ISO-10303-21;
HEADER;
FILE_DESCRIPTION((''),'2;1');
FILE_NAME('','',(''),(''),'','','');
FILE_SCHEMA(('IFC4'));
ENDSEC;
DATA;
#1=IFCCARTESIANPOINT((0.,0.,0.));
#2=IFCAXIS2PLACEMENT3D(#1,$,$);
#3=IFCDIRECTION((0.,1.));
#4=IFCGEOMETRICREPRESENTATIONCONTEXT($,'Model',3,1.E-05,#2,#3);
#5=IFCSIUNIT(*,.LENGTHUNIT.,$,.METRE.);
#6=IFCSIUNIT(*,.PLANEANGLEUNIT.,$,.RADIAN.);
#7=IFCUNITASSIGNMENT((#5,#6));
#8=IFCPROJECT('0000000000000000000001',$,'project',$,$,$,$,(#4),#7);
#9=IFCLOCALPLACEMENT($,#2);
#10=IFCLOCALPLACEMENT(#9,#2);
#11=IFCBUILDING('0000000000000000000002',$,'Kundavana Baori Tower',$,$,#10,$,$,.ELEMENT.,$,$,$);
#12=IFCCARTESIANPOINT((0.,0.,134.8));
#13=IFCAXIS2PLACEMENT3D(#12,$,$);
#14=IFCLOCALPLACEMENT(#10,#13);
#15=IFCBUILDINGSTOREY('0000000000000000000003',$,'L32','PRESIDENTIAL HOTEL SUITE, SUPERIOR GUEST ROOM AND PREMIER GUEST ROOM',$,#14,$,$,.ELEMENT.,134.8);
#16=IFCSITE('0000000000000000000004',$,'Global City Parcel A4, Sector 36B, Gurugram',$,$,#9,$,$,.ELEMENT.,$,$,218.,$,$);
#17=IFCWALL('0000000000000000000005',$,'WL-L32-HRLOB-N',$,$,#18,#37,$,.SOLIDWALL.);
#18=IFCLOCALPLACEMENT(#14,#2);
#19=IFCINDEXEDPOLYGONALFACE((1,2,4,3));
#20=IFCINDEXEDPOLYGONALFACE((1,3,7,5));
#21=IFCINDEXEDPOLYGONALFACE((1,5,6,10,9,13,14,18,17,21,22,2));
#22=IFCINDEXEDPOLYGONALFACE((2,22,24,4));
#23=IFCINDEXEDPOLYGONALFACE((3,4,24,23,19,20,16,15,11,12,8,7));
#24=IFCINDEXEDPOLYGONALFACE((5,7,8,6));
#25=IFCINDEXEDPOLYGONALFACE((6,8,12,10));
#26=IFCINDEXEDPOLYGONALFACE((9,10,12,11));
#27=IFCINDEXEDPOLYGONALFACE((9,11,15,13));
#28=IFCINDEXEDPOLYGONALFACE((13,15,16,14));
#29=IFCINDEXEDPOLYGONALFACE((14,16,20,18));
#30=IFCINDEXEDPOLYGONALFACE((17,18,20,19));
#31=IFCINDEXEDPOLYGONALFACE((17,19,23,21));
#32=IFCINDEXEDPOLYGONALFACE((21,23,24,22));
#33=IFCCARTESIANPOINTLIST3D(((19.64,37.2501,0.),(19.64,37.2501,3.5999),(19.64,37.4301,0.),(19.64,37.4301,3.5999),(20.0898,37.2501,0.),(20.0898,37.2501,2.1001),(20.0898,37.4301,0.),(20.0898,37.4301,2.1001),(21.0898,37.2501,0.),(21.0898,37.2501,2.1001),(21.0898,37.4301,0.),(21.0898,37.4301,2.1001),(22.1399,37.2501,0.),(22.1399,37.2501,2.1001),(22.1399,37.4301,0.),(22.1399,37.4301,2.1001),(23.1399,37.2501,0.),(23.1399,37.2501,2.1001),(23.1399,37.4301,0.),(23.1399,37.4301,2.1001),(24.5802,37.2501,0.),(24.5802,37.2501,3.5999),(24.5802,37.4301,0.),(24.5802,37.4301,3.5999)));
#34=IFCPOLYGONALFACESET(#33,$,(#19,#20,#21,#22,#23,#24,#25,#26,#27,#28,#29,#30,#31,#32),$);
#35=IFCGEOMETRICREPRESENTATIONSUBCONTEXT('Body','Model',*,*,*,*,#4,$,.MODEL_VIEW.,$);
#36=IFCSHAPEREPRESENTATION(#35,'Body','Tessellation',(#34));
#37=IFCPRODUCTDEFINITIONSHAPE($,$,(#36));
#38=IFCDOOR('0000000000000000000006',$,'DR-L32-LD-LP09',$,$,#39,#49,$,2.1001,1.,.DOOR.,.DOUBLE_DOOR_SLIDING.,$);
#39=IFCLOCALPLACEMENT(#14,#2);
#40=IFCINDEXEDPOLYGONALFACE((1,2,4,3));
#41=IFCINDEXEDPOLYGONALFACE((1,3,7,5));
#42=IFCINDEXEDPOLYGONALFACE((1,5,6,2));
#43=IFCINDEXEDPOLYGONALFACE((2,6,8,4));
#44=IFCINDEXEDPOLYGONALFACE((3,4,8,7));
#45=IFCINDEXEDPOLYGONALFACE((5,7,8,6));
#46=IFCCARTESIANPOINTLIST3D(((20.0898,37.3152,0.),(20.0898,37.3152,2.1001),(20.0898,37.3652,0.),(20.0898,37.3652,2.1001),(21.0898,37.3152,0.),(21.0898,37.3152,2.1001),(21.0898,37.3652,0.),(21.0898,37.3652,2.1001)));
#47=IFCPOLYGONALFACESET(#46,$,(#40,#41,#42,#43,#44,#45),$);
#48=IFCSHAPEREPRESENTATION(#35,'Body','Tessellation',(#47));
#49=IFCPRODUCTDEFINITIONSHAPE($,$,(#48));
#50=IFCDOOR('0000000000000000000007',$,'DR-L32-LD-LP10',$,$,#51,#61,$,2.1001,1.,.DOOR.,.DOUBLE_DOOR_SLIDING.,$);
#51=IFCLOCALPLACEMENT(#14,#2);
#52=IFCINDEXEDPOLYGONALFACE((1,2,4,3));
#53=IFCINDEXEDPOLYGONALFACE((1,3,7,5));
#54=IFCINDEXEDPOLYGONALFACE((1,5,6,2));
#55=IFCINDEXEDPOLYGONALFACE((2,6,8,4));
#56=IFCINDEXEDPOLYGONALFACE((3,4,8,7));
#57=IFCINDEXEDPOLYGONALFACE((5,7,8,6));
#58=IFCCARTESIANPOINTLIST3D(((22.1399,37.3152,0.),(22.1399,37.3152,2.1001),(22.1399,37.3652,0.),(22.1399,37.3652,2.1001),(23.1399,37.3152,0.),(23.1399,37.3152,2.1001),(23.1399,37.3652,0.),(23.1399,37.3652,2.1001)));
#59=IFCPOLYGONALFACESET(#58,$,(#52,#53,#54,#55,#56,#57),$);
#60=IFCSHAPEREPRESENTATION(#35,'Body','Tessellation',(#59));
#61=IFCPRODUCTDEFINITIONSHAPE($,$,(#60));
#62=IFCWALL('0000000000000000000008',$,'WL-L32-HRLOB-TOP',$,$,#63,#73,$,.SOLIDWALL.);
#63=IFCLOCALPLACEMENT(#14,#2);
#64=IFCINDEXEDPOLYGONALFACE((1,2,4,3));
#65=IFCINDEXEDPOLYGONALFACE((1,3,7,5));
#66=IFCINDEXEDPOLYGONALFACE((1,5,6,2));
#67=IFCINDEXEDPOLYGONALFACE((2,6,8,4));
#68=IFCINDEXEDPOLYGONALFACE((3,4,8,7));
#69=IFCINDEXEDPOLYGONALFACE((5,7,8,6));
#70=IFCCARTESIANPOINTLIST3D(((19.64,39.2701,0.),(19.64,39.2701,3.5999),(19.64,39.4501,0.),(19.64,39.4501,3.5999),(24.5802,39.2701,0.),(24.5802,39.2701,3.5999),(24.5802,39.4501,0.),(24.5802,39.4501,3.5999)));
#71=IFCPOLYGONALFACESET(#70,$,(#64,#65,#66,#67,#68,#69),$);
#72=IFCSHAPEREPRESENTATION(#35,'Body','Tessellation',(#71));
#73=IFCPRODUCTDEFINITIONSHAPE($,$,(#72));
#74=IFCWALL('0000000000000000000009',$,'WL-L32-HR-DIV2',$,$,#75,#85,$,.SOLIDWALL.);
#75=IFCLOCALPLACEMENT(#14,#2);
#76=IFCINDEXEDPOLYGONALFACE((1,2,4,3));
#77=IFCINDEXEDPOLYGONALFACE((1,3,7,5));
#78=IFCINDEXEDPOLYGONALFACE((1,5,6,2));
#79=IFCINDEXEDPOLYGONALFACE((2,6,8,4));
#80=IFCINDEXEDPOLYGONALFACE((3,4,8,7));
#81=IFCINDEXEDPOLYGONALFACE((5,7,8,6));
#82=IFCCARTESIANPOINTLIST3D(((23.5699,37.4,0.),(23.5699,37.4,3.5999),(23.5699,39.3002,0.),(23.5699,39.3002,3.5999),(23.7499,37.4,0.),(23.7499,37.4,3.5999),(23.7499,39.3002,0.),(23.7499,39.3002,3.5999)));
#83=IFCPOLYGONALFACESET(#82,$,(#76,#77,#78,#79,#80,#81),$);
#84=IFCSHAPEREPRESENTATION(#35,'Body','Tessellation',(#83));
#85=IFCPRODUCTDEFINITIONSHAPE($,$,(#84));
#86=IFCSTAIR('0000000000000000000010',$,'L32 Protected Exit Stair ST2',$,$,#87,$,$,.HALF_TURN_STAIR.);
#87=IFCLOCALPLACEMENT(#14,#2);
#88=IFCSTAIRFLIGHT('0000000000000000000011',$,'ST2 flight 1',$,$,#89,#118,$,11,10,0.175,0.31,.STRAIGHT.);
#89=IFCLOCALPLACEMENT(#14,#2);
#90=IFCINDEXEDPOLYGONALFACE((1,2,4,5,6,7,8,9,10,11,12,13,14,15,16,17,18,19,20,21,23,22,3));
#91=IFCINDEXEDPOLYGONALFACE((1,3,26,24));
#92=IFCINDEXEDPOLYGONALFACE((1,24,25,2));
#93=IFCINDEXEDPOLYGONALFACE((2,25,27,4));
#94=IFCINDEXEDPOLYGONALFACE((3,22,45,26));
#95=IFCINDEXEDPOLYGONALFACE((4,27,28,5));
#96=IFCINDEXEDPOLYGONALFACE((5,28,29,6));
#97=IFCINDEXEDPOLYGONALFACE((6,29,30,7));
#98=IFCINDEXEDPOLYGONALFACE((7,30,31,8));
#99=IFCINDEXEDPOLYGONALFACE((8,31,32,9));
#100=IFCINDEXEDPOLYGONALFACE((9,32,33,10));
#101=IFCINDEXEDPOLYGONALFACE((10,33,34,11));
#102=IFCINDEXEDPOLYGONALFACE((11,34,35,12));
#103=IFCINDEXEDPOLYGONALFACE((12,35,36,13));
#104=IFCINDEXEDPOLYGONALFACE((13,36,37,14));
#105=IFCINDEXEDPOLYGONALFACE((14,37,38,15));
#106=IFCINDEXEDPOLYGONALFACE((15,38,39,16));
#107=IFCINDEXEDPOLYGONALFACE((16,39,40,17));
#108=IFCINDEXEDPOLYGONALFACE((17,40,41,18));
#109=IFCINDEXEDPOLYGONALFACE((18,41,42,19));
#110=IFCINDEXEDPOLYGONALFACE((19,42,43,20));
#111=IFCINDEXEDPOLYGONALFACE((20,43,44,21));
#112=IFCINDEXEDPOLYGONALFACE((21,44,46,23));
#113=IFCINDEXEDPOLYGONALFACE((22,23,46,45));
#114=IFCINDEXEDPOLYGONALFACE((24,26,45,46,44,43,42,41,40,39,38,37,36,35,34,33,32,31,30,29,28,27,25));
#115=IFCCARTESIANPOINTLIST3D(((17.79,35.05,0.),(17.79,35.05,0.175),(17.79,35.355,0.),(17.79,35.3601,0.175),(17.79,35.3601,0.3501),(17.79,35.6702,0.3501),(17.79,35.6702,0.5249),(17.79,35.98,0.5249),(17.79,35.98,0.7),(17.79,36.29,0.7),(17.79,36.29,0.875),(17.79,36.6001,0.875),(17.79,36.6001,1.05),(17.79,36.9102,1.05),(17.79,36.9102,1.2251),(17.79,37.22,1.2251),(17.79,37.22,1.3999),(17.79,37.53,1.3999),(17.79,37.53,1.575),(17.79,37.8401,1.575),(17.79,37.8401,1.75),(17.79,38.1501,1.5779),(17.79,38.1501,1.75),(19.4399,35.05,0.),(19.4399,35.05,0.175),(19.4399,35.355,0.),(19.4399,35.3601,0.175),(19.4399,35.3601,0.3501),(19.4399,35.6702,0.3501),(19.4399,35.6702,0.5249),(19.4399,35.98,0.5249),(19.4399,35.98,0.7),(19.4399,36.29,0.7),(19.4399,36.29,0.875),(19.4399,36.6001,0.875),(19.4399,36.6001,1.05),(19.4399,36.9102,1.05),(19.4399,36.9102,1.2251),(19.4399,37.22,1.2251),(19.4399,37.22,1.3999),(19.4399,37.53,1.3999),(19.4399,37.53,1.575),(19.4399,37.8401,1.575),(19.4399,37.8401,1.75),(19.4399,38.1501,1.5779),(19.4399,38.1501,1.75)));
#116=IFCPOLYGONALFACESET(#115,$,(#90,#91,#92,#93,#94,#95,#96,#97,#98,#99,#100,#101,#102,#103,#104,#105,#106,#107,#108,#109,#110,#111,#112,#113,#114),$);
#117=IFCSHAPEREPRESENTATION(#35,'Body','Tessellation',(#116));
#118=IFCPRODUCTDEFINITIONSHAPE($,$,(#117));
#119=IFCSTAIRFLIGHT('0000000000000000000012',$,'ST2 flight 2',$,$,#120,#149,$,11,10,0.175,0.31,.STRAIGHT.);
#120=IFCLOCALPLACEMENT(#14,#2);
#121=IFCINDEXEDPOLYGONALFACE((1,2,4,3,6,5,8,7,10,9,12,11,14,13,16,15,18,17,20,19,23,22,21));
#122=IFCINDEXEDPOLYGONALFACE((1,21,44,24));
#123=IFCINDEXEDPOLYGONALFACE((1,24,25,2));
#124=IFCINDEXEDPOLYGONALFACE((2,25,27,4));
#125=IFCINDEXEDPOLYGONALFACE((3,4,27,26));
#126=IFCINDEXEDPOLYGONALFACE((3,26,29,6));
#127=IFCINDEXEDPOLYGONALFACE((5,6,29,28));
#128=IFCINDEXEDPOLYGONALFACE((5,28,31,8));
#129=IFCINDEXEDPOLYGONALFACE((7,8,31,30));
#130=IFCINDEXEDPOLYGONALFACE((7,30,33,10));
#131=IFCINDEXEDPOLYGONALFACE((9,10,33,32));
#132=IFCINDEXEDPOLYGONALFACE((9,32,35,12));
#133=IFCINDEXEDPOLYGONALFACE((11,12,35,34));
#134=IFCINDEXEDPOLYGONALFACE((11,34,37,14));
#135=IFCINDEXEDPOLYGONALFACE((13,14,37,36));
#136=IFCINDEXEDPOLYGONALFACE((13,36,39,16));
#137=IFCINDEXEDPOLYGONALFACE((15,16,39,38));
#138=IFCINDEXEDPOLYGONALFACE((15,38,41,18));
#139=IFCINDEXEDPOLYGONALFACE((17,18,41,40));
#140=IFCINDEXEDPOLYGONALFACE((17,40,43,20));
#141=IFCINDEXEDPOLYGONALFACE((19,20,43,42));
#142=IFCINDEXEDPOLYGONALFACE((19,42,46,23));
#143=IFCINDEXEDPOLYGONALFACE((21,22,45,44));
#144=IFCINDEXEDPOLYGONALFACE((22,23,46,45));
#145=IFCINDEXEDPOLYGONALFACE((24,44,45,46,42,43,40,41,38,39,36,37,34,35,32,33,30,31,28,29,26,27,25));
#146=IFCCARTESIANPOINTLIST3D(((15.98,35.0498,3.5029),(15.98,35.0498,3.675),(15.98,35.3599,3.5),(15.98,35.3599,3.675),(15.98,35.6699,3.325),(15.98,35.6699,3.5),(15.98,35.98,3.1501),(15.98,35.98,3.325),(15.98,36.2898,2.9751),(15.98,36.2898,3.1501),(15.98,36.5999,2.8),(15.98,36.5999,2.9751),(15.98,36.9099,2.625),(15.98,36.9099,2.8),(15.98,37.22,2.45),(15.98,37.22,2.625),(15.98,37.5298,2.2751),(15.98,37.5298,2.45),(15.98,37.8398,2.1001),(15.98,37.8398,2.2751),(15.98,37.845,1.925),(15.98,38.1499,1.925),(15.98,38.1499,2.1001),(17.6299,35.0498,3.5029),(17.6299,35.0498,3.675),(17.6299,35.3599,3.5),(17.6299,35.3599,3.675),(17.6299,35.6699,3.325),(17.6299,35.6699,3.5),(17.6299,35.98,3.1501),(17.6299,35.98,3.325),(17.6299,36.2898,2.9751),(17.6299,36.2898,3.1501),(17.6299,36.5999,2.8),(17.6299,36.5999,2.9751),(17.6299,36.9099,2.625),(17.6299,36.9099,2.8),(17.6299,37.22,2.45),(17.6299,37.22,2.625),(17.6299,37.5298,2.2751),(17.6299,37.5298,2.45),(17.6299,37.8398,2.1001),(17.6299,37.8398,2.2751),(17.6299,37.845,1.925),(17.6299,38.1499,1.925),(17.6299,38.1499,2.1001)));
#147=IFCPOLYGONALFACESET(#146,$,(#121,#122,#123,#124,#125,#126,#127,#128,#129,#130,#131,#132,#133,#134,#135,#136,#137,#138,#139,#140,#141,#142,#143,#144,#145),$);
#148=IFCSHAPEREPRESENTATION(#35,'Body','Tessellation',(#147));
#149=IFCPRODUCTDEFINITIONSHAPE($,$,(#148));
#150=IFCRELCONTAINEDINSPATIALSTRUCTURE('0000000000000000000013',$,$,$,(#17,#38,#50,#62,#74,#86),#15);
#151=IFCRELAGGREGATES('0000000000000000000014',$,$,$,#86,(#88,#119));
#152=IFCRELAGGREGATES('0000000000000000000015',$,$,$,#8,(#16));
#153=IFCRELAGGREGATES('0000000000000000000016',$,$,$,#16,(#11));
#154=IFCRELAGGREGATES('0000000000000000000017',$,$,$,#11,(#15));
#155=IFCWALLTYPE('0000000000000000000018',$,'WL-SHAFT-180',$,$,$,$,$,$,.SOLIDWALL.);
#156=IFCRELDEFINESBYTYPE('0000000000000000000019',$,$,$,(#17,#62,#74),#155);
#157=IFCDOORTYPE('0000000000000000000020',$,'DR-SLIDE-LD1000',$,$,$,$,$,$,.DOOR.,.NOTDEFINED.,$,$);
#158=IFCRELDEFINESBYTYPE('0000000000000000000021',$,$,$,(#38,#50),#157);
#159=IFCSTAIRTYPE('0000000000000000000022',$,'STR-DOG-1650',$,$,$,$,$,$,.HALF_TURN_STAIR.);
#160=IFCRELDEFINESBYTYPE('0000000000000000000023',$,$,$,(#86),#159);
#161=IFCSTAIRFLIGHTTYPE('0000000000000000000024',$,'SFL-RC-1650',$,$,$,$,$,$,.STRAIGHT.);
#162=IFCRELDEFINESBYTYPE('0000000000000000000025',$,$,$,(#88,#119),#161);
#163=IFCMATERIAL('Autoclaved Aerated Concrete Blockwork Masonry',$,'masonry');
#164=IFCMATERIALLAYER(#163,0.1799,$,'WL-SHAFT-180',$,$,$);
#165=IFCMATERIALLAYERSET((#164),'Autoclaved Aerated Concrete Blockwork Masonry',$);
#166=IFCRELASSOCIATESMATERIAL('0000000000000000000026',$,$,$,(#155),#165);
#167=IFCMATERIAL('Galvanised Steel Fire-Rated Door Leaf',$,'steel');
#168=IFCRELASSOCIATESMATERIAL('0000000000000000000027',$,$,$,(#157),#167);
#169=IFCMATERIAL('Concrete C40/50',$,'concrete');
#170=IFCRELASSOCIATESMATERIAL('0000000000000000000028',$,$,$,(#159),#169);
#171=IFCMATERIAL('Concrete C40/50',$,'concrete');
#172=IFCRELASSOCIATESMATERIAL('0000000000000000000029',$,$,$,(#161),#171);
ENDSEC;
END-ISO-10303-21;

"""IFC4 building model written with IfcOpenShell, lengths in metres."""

from ifc_helpers import new_model, si_unit, direction, frame, frame_2d, origin, place, context, subcontext, project, spatial, polyline, rectangle, outline, extrude, material, layer, layer_set, type_object, element, fill, aggregate, save


model = new_model("IFC4")

# Units and contexts
model_context = context("Model", 3, precision=1e-05, world=origin(), true_north=direction((0.0, 1.0)))
body_context = subcontext(model_context, "Body", "Model", "MODEL_VIEW")
ifc_project = project(units=[si_unit("LENGTHUNIT", "METRE"), si_unit("PLANEANGLEUNIT", "RADIAN")], contexts=[model_context])

# Site, building, storey
site_placement = place(None, origin())
site = spatial("IfcSite", under=ifc_project, at=site_placement, Name="Global City Parcel A4, Sector 36B, Gurugram", CompositionType="ELEMENT", RefElevation=218.0)
building_placement = place(site_placement, origin())
building = spatial("IfcBuilding", under=site, at=building_placement, Name="Kundavana Baori Tower", CompositionType="ELEMENT")
storey_placement = place(building_placement, frame((0.0, 0.0, 134.8)))
storey = spatial("IfcBuildingStorey", under=building, at=storey_placement, Name="L32", Description="PRESIDENTIAL HOTEL SUITE, SUPERIOR GUEST ROOM AND PREMIER GUEST ROOM", CompositionType="ELEMENT", Elevation=134.8)

# Shared definitions
ifc_material_1 = material(Name="Autoclaved Aerated Concrete Blockwork Masonry", Category="masonry")
ifc_layer_1 = layer(ifc_material_1, 0.1799, Name="WL-SHAFT-180")
ifc_layer_set_1 = layer_set([ifc_layer_1], Name="Autoclaved Aerated Concrete Blockwork Masonry")
wall_type_1 = type_object("IfcWallType", Name="WL-SHAFT-180", PredefinedType="SOLIDWALL", material=ifc_layer_set_1)
ifc_material_2 = material(Name="Galvanised Steel Fire-Rated Door Leaf", Category="steel")
door_type_1 = type_object("IfcDoorType", Name="DR-SLIDE-LD1000", OperationType="NOTDEFINED", PredefinedType="DOOR", material=ifc_material_2)

# Wall, openings, doors
wall_1_placement = place(storey_placement, frame((19.6399, 37.3401, 0.0), z_axis=(0.0, 0.0, 1.0), x_axis=(1.0, 0.0, 0.0)))
wall_1 = element("IfcWall", 1, at=wall_1_placement, inside=storey, type_object=wall_type_1, Name="WL-L32-HRLOB-N", PredefinedType="SOLIDWALL", context=body_context, shape_type="SweptSolid", body=[
    extrude(rectangle(XDim=4.9402, YDim=0.1799, at=frame_2d((2.4702, 0.0))), origin(), (0.0, 0.0, 1.0), 3.5999),
])
opening_1_placement = place(wall_1_placement, frame((0.45, 0.0, 0.0)))
opening_1 = element("IfcOpeningElement", 2, at=opening_1_placement, cuts=wall_1, PredefinedType="OPENING", context=body_context, shape_type="SweptSolid", body=[
    extrude(rectangle(XDim=1.0, YDim=2.1001, at=frame_2d((0.5, 1.05))), frame((0.0, 0.1001, 0.0), z_axis=(0.0, -1.0, 0.0), x_axis=(1.0, 0.0, 0.0)), (0.0, 0.0, 1.0), 0.2),
])
opening_2_placement = place(wall_1_placement, frame((2.5, 0.0, 0.0)))
opening_2 = element("IfcOpeningElement", 3, at=opening_2_placement, cuts=wall_1, PredefinedType="OPENING", context=body_context, shape_type="SweptSolid", body=[
    extrude(rectangle(XDim=1.0, YDim=2.1001, at=frame_2d((0.5, 1.05))), frame((0.0, 0.1001, 0.0), z_axis=(0.0, -1.0, 0.0), x_axis=(1.0, 0.0, 0.0)), (0.0, 0.0, 1.0), 0.2),
])
door_1_placement = place(opening_1_placement, frame((1.0, 0.0, 0.0), z_axis=(0.0, 0.0, 1.0), x_axis=(-1.0, 0.0, 0.0)))
door_1 = element("IfcDoor", 4, at=door_1_placement, inside=storey, type_object=door_type_1, Name="DR-L32-LD-LP09", OperationType="DOUBLE_DOOR_SLIDING", OverallHeight=2.1001, OverallWidth=1.0, PredefinedType="DOOR", context=body_context, shape_type="SweptSolid", body=[
    extrude(rectangle(XDim=1.0, YDim=2.1001, at=frame_2d((0.5, 1.05))), frame((0.0, 0.0249, 0.0), z_axis=(0.0, -1.0, 0.0), x_axis=(1.0, 0.0, 0.0)), (0.0, 0.0, 1.0), 0.05),
])
fill(opening_1, door_1)
door_2_placement = place(opening_2_placement, frame((1.0, 0.0, 0.0), z_axis=(0.0, 0.0, 1.0), x_axis=(-1.0, 0.0, 0.0)))
door_2 = element("IfcDoor", 5, at=door_2_placement, inside=storey, type_object=door_type_1, Name="DR-L32-LD-LP10", OperationType="DOUBLE_DOOR_SLIDING", OverallHeight=2.1001, OverallWidth=1.0, PredefinedType="DOOR", context=body_context, shape_type="SweptSolid", body=[
    extrude(rectangle(XDim=1.0, YDim=2.1001, at=frame_2d((0.5, 1.05))), frame((0.0, 0.0249, 0.0), z_axis=(0.0, -1.0, 0.0), x_axis=(1.0, 0.0, 0.0)), (0.0, 0.0, 1.0), 0.05),
])
fill(opening_2, door_2)

# Walls
wall_2_placement = place(storey_placement, frame((19.6399, 39.3601, 0.0), z_axis=(0.0, 0.0, 1.0), x_axis=(1.0, 0.0, 0.0)))
element("IfcWall", 6, at=wall_2_placement, inside=storey, type_object=wall_type_1, Name="WL-L32-HRLOB-TOP", PredefinedType="SOLIDWALL", context=body_context, shape_type="SweptSolid", body=[
    extrude(rectangle(XDim=4.9402, YDim=0.1799, at=frame_2d((2.4702, 0.0))), origin(), (0.0, 0.0, 1.0), 3.5999),
])
wall_3_placement = place(storey_placement, frame((23.6599, 37.3999, 0.0), z_axis=(0.0, 0.0, 1.0), x_axis=(0.0, 1.0, 0.0)))
element("IfcWall", 7, at=wall_3_placement, inside=storey, type_object=wall_type_1, Name="WL-L32-HR-DIV2", PredefinedType="SOLIDWALL", context=body_context, shape_type="SweptSolid", body=[
    extrude(rectangle(XDim=1.9001, YDim=0.1799, at=frame_2d((0.9502, 0.0))), origin(), (0.0, 0.0, 1.0), 3.5999),
])

# Stair, stair flights
ifc_material_3 = material(Name="Concrete C40/50", Category="concrete")
stair_type = type_object("IfcStairType", Name="STR-DOG-1650", PredefinedType="HALF_TURN_STAIR", material=ifc_material_3)
stair_placement = place(storey_placement, origin())
stair = element("IfcStair", 8, at=stair_placement, inside=storey, type_object=stair_type, Name="L32 Protected Exit Stair ST2", PredefinedType="HALF_TURN_STAIR")
ifc_material_4 = material(Name="Concrete C40/50", Category="concrete")
stair_flight_type = type_object("IfcStairFlightType", Name="SFL-RC-1650", PredefinedType="STRAIGHT", material=ifc_material_4)
stair_flight_1_placement = place(storey_placement, frame((18.615, 35.05, 0.0), z_axis=(0.0, 0.0, 1.0), x_axis=(0.0, 1.0, 0.0)))
stair_flight_1 = element("IfcStairFlight", 9, at=stair_flight_1_placement, type_object=stair_flight_type, Name="ST2 flight 1", NumberOfRisers=11, NumberOfTreads=10, PredefinedType="STRAIGHT", RiserHeight=0.175, TreadLength=0.31, context=body_context, shape_type="SweptSolid", body=[
    extrude(outline(polyline([(0.0, 0.0), (0.0, 0.175), (0.3101, 0.175), (0.3101, 0.3501), (0.6201, 0.3501), (0.6201, 0.5249), (0.9299, 0.5249), (0.9299, 0.7), (1.24, 0.7), (1.24, 0.875), (1.55, 0.875), (1.55, 1.05), (1.8601, 1.05), (1.8601, 1.2251), (2.1699, 1.2251), (2.1699, 1.3999), (2.48, 1.3999), (2.48, 1.575), (2.79, 1.575), (2.79, 1.75), (3.1001, 1.75), (3.1001, 1.925), (3.1001, 1.5779), (0.3049, 0.0), (0.0, 0.0)])), frame((0.0, 0.825, 0.0), z_axis=(0.0, -1.0, 0.0), x_axis=(1.0, 0.0, 0.0)), (0.0, 0.0, 1.0), 1.6499),
])
stair_flight_2_placement = place(storey_placement, frame((16.8049, 38.1499, 1.925), z_axis=(0.0, 0.0, 1.0), x_axis=(0.0, -1.0, 0.0)))
stair_flight_2 = element("IfcStairFlight", 10, at=stair_flight_2_placement, type_object=stair_flight_type, Name="ST2 flight 2", NumberOfRisers=11, NumberOfTreads=10, PredefinedType="STRAIGHT", RiserHeight=0.175, TreadLength=0.31, context=body_context, shape_type="SweptSolid", body=[
    extrude(outline(polyline([(0.0, 0.0), (0.0, 0.175), (0.3101, 0.175), (0.3101, 0.3501), (0.6201, 0.3501), (0.6201, 0.5249), (0.9299, 0.5249), (0.9299, 0.7), (1.24, 0.7), (1.24, 0.875), (1.55, 0.875), (1.55, 1.05), (1.8601, 1.05), (1.8601, 1.2251), (2.1699, 1.2251), (2.1699, 1.3999), (2.48, 1.3999), (2.48, 1.575), (2.79, 1.575), (2.79, 1.75), (3.1001, 1.75), (3.1001, 1.925), (3.1001, 1.5779), (0.3049, 0.0), (0.0, 0.0)])), frame((0.0, 0.825, 0.0), z_axis=(0.0, -1.0, 0.0), x_axis=(1.0, 0.0, 0.0)), (0.0, 0.0, 1.0), 1.6499),
])
aggregate(stair, [stair_flight_1, stair_flight_2])

save(model, "model.ifc")
